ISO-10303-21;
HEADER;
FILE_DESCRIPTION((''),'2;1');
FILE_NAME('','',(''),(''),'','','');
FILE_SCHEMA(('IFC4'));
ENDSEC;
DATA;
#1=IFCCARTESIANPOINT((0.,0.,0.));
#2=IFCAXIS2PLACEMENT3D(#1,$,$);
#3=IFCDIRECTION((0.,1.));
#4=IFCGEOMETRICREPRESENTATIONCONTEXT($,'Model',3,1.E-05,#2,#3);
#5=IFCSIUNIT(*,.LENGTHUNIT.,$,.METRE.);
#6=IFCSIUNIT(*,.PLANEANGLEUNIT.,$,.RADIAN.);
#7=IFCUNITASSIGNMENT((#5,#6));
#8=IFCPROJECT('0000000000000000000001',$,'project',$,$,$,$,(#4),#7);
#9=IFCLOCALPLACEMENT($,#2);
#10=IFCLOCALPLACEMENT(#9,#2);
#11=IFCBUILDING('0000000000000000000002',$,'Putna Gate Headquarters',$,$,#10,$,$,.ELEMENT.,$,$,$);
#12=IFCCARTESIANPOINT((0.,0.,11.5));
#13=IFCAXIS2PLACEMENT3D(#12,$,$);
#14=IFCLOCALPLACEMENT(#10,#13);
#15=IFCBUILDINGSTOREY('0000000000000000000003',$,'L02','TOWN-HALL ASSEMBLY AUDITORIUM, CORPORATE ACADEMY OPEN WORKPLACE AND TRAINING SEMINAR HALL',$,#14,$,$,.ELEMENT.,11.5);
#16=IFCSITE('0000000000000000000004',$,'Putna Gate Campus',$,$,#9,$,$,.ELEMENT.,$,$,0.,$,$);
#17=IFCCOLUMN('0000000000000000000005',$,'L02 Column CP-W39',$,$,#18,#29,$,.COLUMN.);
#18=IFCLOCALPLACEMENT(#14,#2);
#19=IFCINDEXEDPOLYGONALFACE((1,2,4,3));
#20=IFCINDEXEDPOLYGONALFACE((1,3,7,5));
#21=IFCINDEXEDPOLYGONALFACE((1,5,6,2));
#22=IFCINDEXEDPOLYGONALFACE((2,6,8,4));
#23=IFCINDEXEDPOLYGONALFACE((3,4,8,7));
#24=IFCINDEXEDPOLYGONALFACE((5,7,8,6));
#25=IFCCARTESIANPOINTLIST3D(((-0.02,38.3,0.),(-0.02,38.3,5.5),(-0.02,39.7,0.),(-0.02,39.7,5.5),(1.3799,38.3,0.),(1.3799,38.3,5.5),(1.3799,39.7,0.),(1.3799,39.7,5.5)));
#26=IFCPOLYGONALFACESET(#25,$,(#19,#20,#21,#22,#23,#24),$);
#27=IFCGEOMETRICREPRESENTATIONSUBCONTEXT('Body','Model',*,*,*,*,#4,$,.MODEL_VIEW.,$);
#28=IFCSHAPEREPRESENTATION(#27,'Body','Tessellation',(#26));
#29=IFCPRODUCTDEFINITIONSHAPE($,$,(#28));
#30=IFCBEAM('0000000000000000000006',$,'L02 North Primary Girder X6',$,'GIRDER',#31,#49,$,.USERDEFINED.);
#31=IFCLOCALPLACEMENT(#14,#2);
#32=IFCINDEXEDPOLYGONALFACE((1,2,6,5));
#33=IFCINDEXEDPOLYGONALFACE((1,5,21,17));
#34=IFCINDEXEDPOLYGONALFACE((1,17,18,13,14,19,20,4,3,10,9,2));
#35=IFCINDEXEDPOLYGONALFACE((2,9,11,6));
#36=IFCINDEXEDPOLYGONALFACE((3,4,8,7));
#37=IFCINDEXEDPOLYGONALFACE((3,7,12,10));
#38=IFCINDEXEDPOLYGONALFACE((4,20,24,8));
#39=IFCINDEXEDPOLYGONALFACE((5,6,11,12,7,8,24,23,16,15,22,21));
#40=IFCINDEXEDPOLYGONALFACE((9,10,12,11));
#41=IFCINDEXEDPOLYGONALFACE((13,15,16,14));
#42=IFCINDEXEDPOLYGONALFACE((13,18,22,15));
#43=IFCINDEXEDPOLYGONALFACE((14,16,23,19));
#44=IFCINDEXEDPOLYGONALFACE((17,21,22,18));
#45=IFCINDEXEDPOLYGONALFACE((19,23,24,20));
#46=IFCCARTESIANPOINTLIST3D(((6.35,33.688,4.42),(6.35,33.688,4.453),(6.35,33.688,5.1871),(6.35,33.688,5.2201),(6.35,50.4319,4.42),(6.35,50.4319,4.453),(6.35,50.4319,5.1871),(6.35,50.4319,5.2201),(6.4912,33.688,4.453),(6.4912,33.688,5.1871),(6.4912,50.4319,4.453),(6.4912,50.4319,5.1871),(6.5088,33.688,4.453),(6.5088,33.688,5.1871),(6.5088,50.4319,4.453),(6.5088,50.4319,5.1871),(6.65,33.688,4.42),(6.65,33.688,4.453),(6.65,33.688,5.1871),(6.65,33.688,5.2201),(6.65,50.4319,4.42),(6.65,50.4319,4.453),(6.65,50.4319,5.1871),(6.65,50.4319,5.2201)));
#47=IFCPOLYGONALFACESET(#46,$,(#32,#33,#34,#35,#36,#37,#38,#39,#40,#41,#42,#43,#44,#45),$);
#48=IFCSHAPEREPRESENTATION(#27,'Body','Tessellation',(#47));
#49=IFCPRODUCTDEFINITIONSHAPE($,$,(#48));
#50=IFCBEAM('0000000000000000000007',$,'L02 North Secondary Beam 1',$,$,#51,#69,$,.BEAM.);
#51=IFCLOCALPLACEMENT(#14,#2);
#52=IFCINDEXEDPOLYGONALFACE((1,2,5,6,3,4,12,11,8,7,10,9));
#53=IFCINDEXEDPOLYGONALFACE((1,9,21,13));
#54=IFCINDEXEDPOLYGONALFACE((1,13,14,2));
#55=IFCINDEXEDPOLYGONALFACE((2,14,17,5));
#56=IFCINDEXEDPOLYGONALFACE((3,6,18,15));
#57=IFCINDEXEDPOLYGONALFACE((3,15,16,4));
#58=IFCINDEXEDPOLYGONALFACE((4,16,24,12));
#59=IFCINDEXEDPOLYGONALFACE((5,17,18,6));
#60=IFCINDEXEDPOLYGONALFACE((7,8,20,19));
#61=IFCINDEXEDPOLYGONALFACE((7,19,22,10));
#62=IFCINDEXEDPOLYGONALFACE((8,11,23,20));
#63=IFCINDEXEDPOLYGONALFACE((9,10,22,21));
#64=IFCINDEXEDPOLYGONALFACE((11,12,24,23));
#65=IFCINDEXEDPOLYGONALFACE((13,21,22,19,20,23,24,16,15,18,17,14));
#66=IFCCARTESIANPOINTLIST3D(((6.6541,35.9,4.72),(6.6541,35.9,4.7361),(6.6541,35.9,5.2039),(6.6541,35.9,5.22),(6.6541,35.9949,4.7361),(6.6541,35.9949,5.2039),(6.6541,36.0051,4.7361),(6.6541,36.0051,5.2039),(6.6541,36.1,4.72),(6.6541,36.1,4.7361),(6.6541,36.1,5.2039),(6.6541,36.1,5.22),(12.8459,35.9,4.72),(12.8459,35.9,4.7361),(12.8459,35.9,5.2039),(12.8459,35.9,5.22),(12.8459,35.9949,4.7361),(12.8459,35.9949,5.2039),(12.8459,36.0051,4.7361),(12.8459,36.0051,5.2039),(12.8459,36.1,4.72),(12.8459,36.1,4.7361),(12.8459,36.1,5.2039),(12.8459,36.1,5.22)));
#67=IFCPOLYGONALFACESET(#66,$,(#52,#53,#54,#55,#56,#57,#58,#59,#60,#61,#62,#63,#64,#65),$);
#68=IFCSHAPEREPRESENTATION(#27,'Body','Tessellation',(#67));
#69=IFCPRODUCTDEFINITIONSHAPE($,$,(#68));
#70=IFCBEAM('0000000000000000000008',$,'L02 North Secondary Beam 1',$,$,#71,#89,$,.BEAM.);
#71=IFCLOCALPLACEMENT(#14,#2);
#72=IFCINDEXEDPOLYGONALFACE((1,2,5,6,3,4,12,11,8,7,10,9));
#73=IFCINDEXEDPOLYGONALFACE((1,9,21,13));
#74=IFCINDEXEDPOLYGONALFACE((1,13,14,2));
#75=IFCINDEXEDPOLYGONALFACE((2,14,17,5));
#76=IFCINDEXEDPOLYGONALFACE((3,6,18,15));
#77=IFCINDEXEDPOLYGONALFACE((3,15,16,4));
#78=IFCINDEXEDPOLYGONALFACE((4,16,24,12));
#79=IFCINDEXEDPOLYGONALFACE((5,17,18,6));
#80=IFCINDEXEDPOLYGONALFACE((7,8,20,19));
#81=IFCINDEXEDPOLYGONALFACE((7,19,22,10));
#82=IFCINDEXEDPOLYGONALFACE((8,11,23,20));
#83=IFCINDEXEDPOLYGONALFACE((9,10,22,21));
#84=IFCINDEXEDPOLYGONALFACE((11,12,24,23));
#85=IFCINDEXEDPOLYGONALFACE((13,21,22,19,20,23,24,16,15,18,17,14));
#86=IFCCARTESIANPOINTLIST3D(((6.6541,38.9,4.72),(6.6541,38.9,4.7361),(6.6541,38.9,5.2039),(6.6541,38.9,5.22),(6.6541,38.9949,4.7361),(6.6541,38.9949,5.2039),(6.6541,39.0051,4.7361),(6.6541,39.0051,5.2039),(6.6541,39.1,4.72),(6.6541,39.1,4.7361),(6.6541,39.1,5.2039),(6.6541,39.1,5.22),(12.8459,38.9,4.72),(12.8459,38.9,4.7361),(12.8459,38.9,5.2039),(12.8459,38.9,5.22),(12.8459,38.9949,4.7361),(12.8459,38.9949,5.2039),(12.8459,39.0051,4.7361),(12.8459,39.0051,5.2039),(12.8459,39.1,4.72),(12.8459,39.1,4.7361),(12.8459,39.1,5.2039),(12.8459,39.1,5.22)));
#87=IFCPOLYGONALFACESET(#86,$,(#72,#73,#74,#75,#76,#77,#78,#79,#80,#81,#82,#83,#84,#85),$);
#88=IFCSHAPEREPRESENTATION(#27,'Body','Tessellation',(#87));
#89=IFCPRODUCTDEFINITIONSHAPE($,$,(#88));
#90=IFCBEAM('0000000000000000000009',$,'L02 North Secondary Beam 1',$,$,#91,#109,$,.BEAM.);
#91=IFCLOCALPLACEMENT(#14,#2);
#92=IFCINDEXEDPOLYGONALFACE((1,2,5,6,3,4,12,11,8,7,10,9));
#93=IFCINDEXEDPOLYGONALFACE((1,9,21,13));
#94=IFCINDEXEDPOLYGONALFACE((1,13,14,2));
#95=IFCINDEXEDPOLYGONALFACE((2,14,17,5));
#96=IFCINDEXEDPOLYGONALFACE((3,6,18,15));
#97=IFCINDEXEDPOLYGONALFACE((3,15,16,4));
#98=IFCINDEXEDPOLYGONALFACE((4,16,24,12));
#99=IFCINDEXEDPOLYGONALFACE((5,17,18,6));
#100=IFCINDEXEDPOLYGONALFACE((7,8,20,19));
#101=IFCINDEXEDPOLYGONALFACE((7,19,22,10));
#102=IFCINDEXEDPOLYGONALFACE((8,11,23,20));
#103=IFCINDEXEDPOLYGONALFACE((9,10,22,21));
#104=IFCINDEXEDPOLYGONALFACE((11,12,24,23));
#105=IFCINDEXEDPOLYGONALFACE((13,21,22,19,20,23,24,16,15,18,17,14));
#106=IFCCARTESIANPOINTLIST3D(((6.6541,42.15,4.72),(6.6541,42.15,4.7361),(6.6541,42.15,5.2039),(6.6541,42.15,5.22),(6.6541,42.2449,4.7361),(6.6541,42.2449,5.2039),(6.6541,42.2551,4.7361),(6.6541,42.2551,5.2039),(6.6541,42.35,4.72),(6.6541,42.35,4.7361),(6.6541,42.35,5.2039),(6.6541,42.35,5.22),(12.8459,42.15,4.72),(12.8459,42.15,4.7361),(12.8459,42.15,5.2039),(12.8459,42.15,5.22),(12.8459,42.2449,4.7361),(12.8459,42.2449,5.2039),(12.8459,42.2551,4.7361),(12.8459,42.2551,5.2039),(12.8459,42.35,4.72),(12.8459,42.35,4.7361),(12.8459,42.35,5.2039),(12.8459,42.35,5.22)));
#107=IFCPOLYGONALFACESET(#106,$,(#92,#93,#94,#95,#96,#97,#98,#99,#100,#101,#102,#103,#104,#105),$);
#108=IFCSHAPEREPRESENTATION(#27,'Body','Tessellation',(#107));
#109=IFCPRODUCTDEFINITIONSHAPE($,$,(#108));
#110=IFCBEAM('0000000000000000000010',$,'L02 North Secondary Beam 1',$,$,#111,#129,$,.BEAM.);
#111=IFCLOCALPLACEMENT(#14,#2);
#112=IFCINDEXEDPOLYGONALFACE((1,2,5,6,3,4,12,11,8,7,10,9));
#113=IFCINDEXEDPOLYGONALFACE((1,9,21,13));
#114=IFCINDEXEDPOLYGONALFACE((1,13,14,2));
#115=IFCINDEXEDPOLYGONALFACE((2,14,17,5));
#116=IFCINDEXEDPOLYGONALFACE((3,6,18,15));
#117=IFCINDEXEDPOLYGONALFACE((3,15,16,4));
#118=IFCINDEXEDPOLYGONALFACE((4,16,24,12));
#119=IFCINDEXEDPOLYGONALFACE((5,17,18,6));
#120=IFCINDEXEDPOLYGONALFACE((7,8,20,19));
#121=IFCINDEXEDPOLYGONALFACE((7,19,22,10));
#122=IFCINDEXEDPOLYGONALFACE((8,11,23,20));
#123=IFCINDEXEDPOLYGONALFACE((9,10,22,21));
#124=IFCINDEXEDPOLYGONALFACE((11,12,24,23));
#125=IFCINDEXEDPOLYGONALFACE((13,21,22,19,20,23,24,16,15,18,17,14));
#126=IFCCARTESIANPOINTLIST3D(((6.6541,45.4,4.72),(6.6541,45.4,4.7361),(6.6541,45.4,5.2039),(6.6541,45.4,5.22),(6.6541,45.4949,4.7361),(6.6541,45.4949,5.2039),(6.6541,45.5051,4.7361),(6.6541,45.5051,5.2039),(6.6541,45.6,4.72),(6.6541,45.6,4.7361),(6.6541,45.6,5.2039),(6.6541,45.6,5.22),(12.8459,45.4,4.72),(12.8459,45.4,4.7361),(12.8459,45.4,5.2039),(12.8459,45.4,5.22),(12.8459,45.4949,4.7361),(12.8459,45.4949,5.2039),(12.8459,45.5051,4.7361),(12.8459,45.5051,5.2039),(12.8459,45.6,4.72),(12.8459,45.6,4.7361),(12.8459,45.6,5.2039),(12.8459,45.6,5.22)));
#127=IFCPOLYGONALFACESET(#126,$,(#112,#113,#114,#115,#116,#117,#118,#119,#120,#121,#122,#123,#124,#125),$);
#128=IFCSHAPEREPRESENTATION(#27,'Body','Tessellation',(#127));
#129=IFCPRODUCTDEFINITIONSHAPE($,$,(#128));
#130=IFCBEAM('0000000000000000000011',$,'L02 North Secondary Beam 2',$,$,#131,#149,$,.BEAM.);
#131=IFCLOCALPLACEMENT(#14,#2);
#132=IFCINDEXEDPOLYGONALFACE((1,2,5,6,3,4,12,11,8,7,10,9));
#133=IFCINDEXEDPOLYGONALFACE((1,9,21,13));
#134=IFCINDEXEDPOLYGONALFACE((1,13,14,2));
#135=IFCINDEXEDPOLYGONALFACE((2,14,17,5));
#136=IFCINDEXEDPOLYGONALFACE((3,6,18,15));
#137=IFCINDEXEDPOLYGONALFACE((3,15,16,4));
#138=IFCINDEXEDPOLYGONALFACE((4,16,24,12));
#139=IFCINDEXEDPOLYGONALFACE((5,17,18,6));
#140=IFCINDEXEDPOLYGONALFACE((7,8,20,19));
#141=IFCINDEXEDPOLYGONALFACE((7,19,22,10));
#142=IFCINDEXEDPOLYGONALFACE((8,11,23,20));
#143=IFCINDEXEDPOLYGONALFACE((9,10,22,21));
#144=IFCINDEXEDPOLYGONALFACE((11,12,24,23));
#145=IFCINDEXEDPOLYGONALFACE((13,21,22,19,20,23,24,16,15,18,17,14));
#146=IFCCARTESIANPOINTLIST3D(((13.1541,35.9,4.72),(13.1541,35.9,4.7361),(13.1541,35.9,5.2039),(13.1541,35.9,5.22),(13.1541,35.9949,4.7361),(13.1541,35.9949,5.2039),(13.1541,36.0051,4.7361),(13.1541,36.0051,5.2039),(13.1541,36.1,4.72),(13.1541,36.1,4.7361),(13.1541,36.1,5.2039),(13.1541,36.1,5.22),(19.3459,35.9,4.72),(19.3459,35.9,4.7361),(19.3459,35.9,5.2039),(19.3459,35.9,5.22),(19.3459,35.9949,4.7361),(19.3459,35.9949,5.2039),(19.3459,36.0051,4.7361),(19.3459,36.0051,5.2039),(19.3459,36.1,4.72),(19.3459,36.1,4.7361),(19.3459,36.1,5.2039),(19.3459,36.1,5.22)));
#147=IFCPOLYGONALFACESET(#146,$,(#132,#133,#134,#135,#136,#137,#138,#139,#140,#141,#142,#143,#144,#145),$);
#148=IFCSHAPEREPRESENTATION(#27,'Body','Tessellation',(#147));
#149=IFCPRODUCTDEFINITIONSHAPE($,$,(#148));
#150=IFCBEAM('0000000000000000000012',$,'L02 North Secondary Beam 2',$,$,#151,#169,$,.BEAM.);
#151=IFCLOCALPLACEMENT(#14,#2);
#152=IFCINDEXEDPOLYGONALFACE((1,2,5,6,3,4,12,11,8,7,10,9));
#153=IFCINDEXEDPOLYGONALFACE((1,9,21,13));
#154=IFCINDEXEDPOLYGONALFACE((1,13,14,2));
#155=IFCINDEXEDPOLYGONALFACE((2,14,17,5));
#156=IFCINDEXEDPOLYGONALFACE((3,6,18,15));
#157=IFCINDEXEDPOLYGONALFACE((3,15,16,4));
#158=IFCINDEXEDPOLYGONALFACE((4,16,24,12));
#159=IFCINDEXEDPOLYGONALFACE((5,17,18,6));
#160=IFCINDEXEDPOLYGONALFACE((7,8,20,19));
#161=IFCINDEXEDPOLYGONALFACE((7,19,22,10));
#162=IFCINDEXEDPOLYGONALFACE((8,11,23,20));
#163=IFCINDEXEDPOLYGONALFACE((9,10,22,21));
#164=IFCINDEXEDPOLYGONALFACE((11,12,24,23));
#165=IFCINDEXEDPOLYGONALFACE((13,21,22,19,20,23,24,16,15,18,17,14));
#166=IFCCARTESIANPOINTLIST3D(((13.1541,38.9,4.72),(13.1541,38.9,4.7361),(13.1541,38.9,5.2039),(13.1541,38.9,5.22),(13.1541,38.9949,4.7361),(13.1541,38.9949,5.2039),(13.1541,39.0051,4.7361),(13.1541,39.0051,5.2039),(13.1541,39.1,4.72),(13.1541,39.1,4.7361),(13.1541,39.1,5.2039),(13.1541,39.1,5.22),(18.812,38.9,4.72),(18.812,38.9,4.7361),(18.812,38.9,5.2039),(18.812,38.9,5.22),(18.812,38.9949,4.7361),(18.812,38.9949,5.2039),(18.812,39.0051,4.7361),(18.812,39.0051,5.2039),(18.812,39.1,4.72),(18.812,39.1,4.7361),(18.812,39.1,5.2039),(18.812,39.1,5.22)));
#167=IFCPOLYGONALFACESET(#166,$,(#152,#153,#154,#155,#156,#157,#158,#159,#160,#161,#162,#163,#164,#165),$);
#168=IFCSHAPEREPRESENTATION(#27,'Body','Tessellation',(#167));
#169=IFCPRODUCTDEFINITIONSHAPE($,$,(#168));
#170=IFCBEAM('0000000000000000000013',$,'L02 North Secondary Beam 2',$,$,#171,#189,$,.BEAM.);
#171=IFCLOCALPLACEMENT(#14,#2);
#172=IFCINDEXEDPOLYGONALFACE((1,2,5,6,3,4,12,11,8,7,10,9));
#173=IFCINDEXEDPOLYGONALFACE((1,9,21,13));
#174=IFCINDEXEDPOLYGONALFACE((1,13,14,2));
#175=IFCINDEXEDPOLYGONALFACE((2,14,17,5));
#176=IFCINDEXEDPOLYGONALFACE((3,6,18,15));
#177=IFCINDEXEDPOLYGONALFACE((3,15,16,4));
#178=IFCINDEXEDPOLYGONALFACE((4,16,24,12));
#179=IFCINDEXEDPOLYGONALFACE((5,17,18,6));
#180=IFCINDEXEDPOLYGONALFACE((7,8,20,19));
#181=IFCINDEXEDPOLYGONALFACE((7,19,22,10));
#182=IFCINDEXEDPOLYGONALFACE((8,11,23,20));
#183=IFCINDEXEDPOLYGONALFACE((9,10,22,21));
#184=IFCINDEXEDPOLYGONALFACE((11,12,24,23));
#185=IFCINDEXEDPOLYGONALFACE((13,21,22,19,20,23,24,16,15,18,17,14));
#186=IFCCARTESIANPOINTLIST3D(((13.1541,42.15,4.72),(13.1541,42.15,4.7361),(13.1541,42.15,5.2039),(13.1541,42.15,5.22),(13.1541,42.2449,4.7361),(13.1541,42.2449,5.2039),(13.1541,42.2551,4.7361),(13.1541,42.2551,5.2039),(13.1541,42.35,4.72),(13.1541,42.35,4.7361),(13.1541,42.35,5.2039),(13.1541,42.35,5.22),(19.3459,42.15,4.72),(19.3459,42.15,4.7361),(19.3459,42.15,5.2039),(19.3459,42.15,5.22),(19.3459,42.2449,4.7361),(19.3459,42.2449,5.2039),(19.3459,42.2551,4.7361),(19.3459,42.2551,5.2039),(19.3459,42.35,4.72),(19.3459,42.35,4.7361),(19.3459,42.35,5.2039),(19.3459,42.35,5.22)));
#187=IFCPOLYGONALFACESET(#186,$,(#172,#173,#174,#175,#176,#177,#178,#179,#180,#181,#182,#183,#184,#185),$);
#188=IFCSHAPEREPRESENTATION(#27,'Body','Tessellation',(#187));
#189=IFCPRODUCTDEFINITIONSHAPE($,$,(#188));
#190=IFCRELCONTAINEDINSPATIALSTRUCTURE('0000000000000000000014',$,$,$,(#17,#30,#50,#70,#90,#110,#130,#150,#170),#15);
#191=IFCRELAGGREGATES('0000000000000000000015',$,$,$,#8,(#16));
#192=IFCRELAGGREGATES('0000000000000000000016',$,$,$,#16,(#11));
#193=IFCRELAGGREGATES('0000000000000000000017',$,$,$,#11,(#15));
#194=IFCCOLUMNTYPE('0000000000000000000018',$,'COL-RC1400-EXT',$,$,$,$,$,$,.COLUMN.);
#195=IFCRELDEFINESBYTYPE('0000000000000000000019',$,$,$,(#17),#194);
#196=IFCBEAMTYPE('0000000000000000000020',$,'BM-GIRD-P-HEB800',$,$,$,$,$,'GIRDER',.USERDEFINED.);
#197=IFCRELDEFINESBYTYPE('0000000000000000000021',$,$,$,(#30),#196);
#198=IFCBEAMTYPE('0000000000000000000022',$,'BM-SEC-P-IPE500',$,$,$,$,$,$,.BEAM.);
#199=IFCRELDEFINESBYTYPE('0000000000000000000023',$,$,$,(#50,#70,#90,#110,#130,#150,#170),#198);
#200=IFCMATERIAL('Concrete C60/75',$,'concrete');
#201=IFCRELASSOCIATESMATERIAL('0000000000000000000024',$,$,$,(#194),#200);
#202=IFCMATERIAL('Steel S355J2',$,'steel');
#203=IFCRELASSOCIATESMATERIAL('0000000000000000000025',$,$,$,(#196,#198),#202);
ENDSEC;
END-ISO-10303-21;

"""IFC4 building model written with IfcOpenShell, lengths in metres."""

from ifc_helpers import new_model, si_unit, direction, frame, origin, origin_2d, place, context, subcontext, project, spatial, rectangle, i_section, extrude, material, material_profile, profile_set, type_object, element, save


model = new_model("IFC4")

# Units and contexts
model_context = context("Model", 3, precision=1e-05, world=origin(), true_north=direction((0.0, 1.0)))
body_context = subcontext(model_context, "Body", "Model", "MODEL_VIEW")
ifc_project = project(units=[si_unit("LENGTHUNIT", "METRE"), si_unit("PLANEANGLEUNIT", "RADIAN")], contexts=[model_context])

# Site, building, storey
site_placement = place(None, origin())
site = spatial("IfcSite", under=ifc_project, at=site_placement, Name="Putna Gate Campus", CompositionType="ELEMENT", RefElevation=0.0)
building_placement = place(site_placement, origin())
building = spatial("IfcBuilding", under=site, at=building_placement, Name="Putna Gate Headquarters", CompositionType="ELEMENT")
storey_placement = place(building_placement, frame((0.0, 0.0, 11.5)))
storey = spatial("IfcBuildingStorey", under=building, at=storey_placement, Name="L02", Description="TOWN-HALL ASSEMBLY AUDITORIUM, CORPORATE ACADEMY OPEN WORKPLACE AND TRAINING SEMINAR HALL", CompositionType="ELEMENT", Elevation=11.5)

# Column
ifc_material_1 = material(Name="Concrete C60/75", Category="concrete")
ifc_material_profile_1 = material_profile(ifc_material_1, rectangle(XDim=1.3999, YDim=1.3999, at=origin_2d()), Name="Concrete C60/75")
ifc_profile_set_1 = profile_set([ifc_material_profile_1], Name="Concrete C60/75")
column_type = type_object("IfcColumnType", Name="COL-RC1400-EXT", PredefinedType="COLUMN", material=ifc_profile_set_1)
column_placement = place(storey_placement, frame((0.6799, 39.0, 0.0), z_axis=(0.0, 0.0, 1.0), x_axis=(1.0, 0.0, 0.0)))
element("IfcColumn", 1, at=column_placement, inside=storey, type_object=column_type, Name="L02 Column CP-W39", PredefinedType="COLUMN", context=body_context, shape_type="SweptSolid", body=[
    extrude(rectangle(XDim=1.3999, YDim=1.3999, at=origin_2d()), origin(), (0.0, 0.0, 1.0), 5.5),
])

# Beams
ifc_material_2 = material(Name="Steel S355J2", Category="steel")
ifc_material_profile_2 = material_profile(ifc_material_2, i_section(OverallWidth=0.3, OverallDepth=0.8, WebThickness=0.0176, FlangeThickness=0.033, at=origin_2d()), Name="Steel S355J2")
ifc_profile_set_2 = profile_set([ifc_material_profile_2], Name="Steel S355J2")
beam_type_1 = type_object("IfcBeamType", Name="BM-GIRD-P-HEB800", ElementType="GIRDER", PredefinedType="USERDEFINED", material=ifc_profile_set_2)
beam_1_placement = place(storey_placement, frame((6.5, 33.688, 4.8201), z_axis=(0.0, 1.0, 0.0), x_axis=(-1.0, 0.0, 0.0)))
element("IfcBeam", 2, at=beam_1_placement, inside=storey, type_object=beam_type_1, Name="L02 North Primary Girder X6", ObjectType="GIRDER", PredefinedType="USERDEFINED", context=body_context, shape_type="SweptSolid", body=[
    extrude(i_section(OverallWidth=0.3, OverallDepth=0.8, WebThickness=0.0176, FlangeThickness=0.033, at=origin_2d()), origin(), (0.0, 0.0, 1.0), 16.7439),
])
ifc_material_profile_3 = material_profile(ifc_material_2, i_section(OverallWidth=0.2, OverallDepth=0.5, WebThickness=0.0103, FlangeThickness=0.0161, at=origin_2d()), Name="Steel S355J2")
ifc_profile_set_3 = profile_set([ifc_material_profile_3], Name="Steel S355J2")
beam_type_2 = type_object("IfcBeamType", Name="BM-SEC-P-IPE500", PredefinedType="BEAM", material=ifc_profile_set_3)
for number, where, z_axis, x_axis, name in (
    (3, (6.6541, 36.0, 4.97), (1.0, 0.0, 0.0), (0.0, 1.0, 0.0), "L02 North Secondary Beam 1"),
    (4, (6.6541, 39.0, 4.97), (1.0, 0.0, 0.0), (0.0, 1.0, 0.0), "L02 North Secondary Beam 1"),
    (5, (6.6541, 42.25, 4.97), (1.0, 0.0, 0.0), (0.0, 1.0, 0.0), "L02 North Secondary Beam 1"),
    (6, (6.6541, 45.5, 4.97), (1.0, 0.0, 0.0), (0.0, 1.0, 0.0), "L02 North Secondary Beam 1"),
    (7, (13.1541, 36.0, 4.97), (1.0, 0.0, 0.0), (0.0, 1.0, 0.0), "L02 North Secondary Beam 2"),
):
    element("IfcBeam", number, at=place(storey_placement, frame(where, z_axis=z_axis, x_axis=x_axis)), inside=storey, type_object=beam_type_2, Name=name, PredefinedType="BEAM", context=body_context, shape_type="SweptSolid", body=[
        extrude(i_section(OverallWidth=0.2, OverallDepth=0.5, WebThickness=0.0103, FlangeThickness=0.0161, at=origin_2d()), origin(), (0.0, 0.0, 1.0), 6.1919),
    ])
beam_2_placement = place(storey_placement, frame((13.1541, 39.0, 4.97), z_axis=(1.0, 0.0, 0.0), x_axis=(0.0, 1.0, 0.0)))
element("IfcBeam", 8, at=beam_2_placement, inside=storey, type_object=beam_type_2, Name="L02 North Secondary Beam 2", PredefinedType="BEAM", context=body_context, shape_type="SweptSolid", body=[
    extrude(i_section(OverallWidth=0.2, OverallDepth=0.5, WebThickness=0.0103, FlangeThickness=0.0161, at=origin_2d()), origin(), (0.0, 0.0, 1.0), 5.658),
])
beam_3_placement = place(storey_placement, frame((13.1541, 42.25, 4.97), z_axis=(1.0, 0.0, 0.0), x_axis=(0.0, 1.0, 0.0)))
element("IfcBeam", 9, at=beam_3_placement, inside=storey, type_object=beam_type_2, Name="L02 North Secondary Beam 2", PredefinedType="BEAM", context=body_context, shape_type="SweptSolid", body=[
    extrude(i_section(OverallWidth=0.2, OverallDepth=0.5, WebThickness=0.0103, FlangeThickness=0.0161, at=origin_2d()), origin(), (0.0, 0.0, 1.0), 6.1919),
])

save(model, "model.ifc")
